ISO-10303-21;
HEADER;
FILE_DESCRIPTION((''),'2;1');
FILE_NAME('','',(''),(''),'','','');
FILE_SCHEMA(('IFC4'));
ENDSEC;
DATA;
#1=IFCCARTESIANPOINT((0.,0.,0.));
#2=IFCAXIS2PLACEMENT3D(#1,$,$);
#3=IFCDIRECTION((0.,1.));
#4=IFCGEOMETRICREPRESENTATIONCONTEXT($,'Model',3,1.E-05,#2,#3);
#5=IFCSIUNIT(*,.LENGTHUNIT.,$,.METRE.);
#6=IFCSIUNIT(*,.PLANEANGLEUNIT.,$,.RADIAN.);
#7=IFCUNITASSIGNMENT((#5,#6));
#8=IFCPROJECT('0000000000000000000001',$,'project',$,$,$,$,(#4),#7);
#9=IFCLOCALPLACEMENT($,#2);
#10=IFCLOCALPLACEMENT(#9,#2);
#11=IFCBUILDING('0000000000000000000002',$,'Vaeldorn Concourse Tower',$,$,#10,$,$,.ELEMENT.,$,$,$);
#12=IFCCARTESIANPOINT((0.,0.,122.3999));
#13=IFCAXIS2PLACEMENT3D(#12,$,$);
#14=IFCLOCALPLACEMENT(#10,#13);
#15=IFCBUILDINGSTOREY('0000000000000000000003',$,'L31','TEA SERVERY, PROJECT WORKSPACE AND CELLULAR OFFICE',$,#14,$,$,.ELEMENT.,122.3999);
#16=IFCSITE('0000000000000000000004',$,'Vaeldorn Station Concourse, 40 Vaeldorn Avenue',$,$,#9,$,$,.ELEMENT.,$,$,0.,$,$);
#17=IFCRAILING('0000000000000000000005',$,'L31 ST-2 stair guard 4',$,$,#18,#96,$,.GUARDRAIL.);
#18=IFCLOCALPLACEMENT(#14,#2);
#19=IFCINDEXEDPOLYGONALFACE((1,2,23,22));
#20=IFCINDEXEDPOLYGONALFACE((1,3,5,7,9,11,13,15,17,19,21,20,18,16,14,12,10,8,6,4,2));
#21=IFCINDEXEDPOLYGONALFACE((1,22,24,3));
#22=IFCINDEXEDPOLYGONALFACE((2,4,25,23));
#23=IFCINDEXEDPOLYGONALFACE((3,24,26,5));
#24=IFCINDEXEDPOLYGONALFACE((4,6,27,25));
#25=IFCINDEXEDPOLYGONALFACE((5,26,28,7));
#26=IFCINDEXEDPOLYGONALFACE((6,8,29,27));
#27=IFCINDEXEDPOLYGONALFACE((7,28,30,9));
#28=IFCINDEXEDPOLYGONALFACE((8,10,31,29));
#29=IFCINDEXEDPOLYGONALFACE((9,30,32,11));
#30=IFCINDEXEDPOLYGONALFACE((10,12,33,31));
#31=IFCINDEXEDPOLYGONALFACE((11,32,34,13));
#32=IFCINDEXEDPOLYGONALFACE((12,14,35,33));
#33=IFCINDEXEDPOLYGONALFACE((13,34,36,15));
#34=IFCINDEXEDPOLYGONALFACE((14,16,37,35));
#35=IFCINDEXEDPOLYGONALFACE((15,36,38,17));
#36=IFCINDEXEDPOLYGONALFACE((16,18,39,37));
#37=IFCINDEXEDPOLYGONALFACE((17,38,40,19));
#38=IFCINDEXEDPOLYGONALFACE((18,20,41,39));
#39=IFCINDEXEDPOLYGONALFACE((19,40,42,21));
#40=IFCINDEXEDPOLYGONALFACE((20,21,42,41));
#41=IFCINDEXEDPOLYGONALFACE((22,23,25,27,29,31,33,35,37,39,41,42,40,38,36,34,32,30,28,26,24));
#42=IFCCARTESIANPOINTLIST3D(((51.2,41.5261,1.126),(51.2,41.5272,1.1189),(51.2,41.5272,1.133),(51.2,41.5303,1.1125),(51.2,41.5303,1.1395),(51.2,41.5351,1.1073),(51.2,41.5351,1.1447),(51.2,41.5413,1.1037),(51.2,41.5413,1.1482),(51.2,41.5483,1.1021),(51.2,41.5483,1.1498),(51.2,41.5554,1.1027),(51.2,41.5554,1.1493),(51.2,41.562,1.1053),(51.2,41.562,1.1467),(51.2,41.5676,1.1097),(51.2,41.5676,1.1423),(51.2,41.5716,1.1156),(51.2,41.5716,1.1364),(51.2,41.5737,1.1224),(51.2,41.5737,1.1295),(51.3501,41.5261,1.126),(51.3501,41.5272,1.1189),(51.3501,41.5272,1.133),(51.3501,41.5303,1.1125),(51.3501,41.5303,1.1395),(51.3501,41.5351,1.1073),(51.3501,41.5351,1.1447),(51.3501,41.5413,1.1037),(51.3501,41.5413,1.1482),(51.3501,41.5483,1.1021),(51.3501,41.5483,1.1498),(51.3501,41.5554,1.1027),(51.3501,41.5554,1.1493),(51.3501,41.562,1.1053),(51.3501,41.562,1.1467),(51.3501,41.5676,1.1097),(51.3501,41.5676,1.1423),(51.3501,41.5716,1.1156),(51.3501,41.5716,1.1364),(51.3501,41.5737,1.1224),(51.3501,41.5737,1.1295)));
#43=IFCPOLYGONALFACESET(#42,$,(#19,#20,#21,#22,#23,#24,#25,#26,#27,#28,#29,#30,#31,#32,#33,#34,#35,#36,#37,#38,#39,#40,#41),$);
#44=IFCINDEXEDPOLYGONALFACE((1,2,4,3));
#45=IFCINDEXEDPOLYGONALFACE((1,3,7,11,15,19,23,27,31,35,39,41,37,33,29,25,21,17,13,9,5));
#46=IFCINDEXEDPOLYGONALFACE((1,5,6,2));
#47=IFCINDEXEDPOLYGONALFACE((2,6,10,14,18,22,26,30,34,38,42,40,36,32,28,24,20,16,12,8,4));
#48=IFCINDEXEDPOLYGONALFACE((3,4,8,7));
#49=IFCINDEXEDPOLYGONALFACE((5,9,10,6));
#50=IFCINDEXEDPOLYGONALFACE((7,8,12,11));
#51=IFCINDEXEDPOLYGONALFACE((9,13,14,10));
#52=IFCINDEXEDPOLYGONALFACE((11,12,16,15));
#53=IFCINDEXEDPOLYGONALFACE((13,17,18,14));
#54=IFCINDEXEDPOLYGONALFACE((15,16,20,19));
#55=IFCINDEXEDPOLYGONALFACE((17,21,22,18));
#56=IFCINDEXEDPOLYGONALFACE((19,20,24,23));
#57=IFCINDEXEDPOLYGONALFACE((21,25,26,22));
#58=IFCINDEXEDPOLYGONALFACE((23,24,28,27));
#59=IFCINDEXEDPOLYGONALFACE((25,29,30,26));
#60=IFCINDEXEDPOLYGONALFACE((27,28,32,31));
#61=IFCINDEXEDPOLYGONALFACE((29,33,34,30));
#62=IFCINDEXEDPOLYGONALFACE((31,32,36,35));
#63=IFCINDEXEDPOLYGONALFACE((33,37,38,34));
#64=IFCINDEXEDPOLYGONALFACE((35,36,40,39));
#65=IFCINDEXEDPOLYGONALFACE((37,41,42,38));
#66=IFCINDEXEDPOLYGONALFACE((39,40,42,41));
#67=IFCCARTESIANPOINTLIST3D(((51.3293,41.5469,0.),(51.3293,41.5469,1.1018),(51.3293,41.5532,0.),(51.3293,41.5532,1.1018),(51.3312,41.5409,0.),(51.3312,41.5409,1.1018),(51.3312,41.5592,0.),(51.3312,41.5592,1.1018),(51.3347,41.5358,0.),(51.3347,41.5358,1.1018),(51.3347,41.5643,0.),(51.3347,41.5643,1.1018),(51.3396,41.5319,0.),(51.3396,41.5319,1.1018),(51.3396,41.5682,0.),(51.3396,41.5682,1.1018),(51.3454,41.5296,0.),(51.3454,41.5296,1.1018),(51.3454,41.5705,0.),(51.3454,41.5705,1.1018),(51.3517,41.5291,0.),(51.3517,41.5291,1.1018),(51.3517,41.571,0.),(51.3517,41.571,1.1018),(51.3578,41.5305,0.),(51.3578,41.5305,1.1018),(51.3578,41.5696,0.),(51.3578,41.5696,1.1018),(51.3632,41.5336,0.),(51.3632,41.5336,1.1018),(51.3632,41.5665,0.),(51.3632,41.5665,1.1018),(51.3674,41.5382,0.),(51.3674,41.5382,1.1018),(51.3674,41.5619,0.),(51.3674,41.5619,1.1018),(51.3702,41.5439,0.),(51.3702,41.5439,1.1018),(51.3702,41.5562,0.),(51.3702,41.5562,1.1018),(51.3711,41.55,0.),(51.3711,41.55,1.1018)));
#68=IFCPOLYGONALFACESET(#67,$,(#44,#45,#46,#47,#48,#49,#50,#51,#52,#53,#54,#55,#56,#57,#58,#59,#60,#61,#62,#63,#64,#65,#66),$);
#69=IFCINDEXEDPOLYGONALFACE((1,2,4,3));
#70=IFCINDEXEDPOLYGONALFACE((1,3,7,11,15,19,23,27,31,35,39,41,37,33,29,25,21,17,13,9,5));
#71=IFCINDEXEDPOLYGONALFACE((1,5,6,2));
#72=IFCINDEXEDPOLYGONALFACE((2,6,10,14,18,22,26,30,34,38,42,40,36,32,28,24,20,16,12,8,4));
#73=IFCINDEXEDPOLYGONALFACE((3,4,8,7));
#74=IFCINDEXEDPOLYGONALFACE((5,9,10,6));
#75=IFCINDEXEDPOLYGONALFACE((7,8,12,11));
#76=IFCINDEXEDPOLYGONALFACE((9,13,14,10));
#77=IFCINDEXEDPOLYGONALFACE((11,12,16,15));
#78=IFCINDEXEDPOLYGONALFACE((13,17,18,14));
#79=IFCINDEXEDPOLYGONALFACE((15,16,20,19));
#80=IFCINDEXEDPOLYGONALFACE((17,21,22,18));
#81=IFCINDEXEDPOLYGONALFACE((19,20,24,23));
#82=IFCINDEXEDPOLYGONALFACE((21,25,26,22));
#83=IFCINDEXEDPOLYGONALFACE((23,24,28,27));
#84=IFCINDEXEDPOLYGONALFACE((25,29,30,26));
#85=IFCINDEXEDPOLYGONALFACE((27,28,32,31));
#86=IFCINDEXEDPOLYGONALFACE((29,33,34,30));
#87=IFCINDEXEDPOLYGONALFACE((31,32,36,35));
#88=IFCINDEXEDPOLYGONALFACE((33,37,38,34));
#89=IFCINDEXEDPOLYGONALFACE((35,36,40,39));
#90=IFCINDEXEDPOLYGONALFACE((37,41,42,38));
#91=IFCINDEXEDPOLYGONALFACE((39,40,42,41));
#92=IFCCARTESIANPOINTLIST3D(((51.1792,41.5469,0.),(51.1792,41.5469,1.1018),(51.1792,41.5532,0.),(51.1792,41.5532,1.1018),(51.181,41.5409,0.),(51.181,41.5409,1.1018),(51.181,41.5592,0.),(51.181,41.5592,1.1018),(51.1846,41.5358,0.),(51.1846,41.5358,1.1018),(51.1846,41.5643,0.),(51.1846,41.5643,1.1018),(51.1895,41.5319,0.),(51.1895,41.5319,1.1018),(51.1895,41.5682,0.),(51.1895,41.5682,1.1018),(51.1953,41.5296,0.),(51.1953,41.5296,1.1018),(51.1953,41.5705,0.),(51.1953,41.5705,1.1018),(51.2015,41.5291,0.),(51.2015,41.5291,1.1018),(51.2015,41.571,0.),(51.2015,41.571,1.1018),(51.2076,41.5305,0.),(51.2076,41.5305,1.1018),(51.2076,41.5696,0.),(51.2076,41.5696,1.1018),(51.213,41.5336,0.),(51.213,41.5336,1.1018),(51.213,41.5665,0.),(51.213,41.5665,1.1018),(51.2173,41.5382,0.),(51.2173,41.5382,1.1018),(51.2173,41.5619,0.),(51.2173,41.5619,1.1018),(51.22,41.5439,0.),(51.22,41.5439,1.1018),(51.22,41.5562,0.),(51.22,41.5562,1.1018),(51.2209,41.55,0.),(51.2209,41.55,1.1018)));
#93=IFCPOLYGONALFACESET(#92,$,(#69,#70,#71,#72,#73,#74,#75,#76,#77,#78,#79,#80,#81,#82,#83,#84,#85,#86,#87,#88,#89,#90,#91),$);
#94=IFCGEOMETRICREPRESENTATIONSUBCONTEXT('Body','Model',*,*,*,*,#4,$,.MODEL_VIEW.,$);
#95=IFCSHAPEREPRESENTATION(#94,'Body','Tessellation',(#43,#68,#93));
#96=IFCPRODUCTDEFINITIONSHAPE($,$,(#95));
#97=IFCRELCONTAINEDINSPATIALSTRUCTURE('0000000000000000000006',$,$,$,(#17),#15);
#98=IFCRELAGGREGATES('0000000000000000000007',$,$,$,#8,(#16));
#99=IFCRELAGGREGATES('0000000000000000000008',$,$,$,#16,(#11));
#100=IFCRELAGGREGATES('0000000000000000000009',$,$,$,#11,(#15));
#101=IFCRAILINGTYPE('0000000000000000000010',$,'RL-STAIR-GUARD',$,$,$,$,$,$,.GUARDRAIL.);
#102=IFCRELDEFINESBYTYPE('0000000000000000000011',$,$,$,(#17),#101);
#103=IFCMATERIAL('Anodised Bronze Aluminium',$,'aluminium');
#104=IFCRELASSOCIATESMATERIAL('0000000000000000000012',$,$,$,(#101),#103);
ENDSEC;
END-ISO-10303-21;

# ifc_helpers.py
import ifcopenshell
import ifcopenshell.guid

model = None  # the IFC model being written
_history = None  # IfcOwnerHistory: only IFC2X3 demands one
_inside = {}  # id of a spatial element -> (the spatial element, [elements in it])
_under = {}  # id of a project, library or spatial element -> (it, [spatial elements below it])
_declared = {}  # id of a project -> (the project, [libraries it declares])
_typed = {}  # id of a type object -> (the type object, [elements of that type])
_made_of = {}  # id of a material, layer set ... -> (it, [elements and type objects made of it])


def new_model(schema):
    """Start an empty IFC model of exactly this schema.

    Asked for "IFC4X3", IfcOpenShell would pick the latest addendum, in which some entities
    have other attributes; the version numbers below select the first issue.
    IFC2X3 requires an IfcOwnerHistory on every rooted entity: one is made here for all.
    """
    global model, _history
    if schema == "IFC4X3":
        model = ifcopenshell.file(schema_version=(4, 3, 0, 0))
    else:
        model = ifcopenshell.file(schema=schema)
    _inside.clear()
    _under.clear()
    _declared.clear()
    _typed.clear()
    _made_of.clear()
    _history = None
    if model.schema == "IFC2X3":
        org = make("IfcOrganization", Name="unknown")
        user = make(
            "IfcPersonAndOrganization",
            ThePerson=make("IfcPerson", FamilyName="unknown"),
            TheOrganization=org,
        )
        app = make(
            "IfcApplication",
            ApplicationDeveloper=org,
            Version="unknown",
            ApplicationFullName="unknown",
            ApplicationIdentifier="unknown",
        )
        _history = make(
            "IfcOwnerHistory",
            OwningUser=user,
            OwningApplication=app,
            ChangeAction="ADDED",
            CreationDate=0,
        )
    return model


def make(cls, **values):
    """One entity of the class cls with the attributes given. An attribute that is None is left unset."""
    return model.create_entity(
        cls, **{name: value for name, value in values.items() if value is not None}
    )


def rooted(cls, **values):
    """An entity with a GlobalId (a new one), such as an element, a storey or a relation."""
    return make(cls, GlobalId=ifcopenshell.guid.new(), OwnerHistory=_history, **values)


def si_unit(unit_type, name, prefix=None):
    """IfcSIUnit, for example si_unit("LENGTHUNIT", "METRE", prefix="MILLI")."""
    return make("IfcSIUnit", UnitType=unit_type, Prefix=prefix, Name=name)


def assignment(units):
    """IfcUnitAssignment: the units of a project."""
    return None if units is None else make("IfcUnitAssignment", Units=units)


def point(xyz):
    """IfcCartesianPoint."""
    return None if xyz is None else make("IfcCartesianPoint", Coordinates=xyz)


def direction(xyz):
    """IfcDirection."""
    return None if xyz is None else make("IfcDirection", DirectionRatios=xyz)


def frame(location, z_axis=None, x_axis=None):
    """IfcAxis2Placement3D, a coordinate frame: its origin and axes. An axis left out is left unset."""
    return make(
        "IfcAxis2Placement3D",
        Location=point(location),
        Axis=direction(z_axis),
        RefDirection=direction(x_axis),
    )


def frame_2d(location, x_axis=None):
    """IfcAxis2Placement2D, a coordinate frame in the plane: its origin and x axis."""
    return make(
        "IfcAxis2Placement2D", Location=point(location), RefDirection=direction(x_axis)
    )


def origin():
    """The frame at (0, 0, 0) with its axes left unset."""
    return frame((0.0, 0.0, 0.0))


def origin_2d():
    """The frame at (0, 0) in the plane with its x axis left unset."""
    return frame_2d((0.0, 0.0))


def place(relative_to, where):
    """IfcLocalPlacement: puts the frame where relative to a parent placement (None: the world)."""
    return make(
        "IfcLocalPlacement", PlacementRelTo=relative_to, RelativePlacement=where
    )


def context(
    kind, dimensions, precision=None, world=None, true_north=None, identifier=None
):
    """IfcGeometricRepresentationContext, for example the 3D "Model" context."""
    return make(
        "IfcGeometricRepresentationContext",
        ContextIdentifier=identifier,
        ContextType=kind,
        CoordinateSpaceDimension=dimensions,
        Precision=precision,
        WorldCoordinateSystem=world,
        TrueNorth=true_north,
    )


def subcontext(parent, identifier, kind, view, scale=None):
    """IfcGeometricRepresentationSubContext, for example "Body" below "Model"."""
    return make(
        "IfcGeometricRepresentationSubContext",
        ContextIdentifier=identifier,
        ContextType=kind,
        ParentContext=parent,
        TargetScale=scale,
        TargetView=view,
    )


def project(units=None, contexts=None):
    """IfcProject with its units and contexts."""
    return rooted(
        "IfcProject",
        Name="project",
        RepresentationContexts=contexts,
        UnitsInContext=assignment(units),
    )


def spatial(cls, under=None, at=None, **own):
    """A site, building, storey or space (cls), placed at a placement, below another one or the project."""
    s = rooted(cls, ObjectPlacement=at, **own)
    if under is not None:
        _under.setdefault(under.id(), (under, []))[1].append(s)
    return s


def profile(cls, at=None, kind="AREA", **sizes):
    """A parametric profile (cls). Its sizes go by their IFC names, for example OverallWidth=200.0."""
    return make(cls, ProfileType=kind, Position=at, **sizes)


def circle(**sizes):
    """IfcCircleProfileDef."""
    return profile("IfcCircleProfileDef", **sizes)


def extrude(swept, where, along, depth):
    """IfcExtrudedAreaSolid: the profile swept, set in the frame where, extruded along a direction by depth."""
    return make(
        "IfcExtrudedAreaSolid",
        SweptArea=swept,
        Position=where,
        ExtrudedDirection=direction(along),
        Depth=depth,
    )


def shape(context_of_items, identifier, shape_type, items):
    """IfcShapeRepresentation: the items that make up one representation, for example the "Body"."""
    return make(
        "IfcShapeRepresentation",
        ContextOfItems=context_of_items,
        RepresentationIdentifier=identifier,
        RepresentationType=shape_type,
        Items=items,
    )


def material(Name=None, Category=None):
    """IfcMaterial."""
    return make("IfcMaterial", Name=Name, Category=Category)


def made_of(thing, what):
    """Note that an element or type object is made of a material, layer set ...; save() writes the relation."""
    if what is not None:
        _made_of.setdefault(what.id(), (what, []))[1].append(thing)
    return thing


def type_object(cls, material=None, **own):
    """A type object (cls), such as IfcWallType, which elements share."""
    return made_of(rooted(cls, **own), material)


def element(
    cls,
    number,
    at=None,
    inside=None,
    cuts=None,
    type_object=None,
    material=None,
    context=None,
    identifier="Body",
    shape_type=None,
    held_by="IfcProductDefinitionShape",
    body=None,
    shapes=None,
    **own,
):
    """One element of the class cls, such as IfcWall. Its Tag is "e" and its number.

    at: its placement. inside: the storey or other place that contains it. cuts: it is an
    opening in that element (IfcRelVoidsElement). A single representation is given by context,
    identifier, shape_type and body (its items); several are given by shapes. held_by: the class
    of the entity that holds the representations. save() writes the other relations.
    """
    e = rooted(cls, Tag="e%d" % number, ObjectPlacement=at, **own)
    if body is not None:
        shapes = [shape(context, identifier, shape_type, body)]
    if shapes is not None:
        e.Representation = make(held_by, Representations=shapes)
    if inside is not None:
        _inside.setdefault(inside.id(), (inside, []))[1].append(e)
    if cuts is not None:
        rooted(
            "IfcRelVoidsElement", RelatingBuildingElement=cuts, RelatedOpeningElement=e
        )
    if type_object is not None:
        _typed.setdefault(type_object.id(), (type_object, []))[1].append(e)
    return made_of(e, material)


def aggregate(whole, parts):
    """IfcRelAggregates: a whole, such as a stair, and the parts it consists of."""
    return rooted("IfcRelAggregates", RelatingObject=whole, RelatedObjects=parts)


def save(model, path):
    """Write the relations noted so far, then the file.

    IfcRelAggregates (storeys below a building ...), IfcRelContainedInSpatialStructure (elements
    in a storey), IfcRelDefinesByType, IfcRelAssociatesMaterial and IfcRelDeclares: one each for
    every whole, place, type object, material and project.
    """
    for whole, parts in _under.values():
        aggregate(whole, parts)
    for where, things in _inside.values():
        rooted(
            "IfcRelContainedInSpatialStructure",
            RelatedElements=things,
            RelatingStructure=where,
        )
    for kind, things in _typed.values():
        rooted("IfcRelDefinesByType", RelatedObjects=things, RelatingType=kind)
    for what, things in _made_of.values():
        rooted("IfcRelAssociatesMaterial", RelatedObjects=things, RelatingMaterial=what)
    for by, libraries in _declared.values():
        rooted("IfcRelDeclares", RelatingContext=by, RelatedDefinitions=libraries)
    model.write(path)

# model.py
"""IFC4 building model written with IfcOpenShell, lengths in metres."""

from ifc_helpers import new_model, si_unit, direction, frame, origin, origin_2d, place, context, subcontext, project, spatial, circle, extrude, material, type_object, element, save


model = new_model("IFC4")

# Units and contexts
model_context = context("Model", 3, precision=1e-05, world=origin(), true_north=direction((0.0, 1.0)))
body_context = subcontext(model_context, "Body", "Model", "MODEL_VIEW")
ifc_project = project(units=[si_unit("LENGTHUNIT", "METRE"), si_unit("PLANEANGLEUNIT", "RADIAN")], contexts=[model_context])

# Site, building, storey
site_placement = place(None, origin())
site = spatial("IfcSite", under=ifc_project, at=site_placement, Name="Vaeldorn Station Concourse, 40 Vaeldorn Avenue", CompositionType="ELEMENT", RefElevation=0.0)
building_placement = place(site_placement, origin())
building = spatial("IfcBuilding", under=site, at=building_placement, Name="Vaeldorn Concourse Tower", CompositionType="ELEMENT")
storey_placement = place(building_placement, frame((0.0, 0.0, 122.3999)))
storey = spatial("IfcBuildingStorey", under=building, at=storey_placement, Name="L31", Description="TEA SERVERY, PROJECT WORKSPACE AND CELLULAR OFFICE", CompositionType="ELEMENT", Elevation=122.3999)

# Shared definitions
ifc_material_1 = material(Name="Anodised Bronze Aluminium", Category="aluminium")

# Railing
railing_type_1 = type_object("IfcRailingType", Name="RL-STAIR-GUARD", PredefinedType="GUARDRAIL", material=ifc_material_1)
railing_1_placement = place(storey_placement, frame((51.3501, 41.55, 0.0)))
element("IfcRailing", 1, at=railing_1_placement, inside=storey, type_object=railing_type_1, Name="L31 ST-2 stair guard 4", PredefinedType="GUARDRAIL", context=body_context, shape_type="SweptSolid", body=[
    extrude(circle(Radius=0.0239, at=origin_2d()), frame((0.0, 0.0, 1.126), z_axis=(-1.0, 0.0, 0.0), x_axis=(0.0, -1.0, 0.0)), (0.0, 0.0, 1.0), 0.1501),
    extrude(circle(Radius=0.021, at=origin_2d()), origin(), (0.0, 0.0, 1.0), 1.1018),
    extrude(circle(Radius=0.021, at=origin_2d()), frame((-0.1501, 0.0, 0.0)), (0.0, 0.0, 1.0), 1.1018),
])

save(model, "model.ifc")
